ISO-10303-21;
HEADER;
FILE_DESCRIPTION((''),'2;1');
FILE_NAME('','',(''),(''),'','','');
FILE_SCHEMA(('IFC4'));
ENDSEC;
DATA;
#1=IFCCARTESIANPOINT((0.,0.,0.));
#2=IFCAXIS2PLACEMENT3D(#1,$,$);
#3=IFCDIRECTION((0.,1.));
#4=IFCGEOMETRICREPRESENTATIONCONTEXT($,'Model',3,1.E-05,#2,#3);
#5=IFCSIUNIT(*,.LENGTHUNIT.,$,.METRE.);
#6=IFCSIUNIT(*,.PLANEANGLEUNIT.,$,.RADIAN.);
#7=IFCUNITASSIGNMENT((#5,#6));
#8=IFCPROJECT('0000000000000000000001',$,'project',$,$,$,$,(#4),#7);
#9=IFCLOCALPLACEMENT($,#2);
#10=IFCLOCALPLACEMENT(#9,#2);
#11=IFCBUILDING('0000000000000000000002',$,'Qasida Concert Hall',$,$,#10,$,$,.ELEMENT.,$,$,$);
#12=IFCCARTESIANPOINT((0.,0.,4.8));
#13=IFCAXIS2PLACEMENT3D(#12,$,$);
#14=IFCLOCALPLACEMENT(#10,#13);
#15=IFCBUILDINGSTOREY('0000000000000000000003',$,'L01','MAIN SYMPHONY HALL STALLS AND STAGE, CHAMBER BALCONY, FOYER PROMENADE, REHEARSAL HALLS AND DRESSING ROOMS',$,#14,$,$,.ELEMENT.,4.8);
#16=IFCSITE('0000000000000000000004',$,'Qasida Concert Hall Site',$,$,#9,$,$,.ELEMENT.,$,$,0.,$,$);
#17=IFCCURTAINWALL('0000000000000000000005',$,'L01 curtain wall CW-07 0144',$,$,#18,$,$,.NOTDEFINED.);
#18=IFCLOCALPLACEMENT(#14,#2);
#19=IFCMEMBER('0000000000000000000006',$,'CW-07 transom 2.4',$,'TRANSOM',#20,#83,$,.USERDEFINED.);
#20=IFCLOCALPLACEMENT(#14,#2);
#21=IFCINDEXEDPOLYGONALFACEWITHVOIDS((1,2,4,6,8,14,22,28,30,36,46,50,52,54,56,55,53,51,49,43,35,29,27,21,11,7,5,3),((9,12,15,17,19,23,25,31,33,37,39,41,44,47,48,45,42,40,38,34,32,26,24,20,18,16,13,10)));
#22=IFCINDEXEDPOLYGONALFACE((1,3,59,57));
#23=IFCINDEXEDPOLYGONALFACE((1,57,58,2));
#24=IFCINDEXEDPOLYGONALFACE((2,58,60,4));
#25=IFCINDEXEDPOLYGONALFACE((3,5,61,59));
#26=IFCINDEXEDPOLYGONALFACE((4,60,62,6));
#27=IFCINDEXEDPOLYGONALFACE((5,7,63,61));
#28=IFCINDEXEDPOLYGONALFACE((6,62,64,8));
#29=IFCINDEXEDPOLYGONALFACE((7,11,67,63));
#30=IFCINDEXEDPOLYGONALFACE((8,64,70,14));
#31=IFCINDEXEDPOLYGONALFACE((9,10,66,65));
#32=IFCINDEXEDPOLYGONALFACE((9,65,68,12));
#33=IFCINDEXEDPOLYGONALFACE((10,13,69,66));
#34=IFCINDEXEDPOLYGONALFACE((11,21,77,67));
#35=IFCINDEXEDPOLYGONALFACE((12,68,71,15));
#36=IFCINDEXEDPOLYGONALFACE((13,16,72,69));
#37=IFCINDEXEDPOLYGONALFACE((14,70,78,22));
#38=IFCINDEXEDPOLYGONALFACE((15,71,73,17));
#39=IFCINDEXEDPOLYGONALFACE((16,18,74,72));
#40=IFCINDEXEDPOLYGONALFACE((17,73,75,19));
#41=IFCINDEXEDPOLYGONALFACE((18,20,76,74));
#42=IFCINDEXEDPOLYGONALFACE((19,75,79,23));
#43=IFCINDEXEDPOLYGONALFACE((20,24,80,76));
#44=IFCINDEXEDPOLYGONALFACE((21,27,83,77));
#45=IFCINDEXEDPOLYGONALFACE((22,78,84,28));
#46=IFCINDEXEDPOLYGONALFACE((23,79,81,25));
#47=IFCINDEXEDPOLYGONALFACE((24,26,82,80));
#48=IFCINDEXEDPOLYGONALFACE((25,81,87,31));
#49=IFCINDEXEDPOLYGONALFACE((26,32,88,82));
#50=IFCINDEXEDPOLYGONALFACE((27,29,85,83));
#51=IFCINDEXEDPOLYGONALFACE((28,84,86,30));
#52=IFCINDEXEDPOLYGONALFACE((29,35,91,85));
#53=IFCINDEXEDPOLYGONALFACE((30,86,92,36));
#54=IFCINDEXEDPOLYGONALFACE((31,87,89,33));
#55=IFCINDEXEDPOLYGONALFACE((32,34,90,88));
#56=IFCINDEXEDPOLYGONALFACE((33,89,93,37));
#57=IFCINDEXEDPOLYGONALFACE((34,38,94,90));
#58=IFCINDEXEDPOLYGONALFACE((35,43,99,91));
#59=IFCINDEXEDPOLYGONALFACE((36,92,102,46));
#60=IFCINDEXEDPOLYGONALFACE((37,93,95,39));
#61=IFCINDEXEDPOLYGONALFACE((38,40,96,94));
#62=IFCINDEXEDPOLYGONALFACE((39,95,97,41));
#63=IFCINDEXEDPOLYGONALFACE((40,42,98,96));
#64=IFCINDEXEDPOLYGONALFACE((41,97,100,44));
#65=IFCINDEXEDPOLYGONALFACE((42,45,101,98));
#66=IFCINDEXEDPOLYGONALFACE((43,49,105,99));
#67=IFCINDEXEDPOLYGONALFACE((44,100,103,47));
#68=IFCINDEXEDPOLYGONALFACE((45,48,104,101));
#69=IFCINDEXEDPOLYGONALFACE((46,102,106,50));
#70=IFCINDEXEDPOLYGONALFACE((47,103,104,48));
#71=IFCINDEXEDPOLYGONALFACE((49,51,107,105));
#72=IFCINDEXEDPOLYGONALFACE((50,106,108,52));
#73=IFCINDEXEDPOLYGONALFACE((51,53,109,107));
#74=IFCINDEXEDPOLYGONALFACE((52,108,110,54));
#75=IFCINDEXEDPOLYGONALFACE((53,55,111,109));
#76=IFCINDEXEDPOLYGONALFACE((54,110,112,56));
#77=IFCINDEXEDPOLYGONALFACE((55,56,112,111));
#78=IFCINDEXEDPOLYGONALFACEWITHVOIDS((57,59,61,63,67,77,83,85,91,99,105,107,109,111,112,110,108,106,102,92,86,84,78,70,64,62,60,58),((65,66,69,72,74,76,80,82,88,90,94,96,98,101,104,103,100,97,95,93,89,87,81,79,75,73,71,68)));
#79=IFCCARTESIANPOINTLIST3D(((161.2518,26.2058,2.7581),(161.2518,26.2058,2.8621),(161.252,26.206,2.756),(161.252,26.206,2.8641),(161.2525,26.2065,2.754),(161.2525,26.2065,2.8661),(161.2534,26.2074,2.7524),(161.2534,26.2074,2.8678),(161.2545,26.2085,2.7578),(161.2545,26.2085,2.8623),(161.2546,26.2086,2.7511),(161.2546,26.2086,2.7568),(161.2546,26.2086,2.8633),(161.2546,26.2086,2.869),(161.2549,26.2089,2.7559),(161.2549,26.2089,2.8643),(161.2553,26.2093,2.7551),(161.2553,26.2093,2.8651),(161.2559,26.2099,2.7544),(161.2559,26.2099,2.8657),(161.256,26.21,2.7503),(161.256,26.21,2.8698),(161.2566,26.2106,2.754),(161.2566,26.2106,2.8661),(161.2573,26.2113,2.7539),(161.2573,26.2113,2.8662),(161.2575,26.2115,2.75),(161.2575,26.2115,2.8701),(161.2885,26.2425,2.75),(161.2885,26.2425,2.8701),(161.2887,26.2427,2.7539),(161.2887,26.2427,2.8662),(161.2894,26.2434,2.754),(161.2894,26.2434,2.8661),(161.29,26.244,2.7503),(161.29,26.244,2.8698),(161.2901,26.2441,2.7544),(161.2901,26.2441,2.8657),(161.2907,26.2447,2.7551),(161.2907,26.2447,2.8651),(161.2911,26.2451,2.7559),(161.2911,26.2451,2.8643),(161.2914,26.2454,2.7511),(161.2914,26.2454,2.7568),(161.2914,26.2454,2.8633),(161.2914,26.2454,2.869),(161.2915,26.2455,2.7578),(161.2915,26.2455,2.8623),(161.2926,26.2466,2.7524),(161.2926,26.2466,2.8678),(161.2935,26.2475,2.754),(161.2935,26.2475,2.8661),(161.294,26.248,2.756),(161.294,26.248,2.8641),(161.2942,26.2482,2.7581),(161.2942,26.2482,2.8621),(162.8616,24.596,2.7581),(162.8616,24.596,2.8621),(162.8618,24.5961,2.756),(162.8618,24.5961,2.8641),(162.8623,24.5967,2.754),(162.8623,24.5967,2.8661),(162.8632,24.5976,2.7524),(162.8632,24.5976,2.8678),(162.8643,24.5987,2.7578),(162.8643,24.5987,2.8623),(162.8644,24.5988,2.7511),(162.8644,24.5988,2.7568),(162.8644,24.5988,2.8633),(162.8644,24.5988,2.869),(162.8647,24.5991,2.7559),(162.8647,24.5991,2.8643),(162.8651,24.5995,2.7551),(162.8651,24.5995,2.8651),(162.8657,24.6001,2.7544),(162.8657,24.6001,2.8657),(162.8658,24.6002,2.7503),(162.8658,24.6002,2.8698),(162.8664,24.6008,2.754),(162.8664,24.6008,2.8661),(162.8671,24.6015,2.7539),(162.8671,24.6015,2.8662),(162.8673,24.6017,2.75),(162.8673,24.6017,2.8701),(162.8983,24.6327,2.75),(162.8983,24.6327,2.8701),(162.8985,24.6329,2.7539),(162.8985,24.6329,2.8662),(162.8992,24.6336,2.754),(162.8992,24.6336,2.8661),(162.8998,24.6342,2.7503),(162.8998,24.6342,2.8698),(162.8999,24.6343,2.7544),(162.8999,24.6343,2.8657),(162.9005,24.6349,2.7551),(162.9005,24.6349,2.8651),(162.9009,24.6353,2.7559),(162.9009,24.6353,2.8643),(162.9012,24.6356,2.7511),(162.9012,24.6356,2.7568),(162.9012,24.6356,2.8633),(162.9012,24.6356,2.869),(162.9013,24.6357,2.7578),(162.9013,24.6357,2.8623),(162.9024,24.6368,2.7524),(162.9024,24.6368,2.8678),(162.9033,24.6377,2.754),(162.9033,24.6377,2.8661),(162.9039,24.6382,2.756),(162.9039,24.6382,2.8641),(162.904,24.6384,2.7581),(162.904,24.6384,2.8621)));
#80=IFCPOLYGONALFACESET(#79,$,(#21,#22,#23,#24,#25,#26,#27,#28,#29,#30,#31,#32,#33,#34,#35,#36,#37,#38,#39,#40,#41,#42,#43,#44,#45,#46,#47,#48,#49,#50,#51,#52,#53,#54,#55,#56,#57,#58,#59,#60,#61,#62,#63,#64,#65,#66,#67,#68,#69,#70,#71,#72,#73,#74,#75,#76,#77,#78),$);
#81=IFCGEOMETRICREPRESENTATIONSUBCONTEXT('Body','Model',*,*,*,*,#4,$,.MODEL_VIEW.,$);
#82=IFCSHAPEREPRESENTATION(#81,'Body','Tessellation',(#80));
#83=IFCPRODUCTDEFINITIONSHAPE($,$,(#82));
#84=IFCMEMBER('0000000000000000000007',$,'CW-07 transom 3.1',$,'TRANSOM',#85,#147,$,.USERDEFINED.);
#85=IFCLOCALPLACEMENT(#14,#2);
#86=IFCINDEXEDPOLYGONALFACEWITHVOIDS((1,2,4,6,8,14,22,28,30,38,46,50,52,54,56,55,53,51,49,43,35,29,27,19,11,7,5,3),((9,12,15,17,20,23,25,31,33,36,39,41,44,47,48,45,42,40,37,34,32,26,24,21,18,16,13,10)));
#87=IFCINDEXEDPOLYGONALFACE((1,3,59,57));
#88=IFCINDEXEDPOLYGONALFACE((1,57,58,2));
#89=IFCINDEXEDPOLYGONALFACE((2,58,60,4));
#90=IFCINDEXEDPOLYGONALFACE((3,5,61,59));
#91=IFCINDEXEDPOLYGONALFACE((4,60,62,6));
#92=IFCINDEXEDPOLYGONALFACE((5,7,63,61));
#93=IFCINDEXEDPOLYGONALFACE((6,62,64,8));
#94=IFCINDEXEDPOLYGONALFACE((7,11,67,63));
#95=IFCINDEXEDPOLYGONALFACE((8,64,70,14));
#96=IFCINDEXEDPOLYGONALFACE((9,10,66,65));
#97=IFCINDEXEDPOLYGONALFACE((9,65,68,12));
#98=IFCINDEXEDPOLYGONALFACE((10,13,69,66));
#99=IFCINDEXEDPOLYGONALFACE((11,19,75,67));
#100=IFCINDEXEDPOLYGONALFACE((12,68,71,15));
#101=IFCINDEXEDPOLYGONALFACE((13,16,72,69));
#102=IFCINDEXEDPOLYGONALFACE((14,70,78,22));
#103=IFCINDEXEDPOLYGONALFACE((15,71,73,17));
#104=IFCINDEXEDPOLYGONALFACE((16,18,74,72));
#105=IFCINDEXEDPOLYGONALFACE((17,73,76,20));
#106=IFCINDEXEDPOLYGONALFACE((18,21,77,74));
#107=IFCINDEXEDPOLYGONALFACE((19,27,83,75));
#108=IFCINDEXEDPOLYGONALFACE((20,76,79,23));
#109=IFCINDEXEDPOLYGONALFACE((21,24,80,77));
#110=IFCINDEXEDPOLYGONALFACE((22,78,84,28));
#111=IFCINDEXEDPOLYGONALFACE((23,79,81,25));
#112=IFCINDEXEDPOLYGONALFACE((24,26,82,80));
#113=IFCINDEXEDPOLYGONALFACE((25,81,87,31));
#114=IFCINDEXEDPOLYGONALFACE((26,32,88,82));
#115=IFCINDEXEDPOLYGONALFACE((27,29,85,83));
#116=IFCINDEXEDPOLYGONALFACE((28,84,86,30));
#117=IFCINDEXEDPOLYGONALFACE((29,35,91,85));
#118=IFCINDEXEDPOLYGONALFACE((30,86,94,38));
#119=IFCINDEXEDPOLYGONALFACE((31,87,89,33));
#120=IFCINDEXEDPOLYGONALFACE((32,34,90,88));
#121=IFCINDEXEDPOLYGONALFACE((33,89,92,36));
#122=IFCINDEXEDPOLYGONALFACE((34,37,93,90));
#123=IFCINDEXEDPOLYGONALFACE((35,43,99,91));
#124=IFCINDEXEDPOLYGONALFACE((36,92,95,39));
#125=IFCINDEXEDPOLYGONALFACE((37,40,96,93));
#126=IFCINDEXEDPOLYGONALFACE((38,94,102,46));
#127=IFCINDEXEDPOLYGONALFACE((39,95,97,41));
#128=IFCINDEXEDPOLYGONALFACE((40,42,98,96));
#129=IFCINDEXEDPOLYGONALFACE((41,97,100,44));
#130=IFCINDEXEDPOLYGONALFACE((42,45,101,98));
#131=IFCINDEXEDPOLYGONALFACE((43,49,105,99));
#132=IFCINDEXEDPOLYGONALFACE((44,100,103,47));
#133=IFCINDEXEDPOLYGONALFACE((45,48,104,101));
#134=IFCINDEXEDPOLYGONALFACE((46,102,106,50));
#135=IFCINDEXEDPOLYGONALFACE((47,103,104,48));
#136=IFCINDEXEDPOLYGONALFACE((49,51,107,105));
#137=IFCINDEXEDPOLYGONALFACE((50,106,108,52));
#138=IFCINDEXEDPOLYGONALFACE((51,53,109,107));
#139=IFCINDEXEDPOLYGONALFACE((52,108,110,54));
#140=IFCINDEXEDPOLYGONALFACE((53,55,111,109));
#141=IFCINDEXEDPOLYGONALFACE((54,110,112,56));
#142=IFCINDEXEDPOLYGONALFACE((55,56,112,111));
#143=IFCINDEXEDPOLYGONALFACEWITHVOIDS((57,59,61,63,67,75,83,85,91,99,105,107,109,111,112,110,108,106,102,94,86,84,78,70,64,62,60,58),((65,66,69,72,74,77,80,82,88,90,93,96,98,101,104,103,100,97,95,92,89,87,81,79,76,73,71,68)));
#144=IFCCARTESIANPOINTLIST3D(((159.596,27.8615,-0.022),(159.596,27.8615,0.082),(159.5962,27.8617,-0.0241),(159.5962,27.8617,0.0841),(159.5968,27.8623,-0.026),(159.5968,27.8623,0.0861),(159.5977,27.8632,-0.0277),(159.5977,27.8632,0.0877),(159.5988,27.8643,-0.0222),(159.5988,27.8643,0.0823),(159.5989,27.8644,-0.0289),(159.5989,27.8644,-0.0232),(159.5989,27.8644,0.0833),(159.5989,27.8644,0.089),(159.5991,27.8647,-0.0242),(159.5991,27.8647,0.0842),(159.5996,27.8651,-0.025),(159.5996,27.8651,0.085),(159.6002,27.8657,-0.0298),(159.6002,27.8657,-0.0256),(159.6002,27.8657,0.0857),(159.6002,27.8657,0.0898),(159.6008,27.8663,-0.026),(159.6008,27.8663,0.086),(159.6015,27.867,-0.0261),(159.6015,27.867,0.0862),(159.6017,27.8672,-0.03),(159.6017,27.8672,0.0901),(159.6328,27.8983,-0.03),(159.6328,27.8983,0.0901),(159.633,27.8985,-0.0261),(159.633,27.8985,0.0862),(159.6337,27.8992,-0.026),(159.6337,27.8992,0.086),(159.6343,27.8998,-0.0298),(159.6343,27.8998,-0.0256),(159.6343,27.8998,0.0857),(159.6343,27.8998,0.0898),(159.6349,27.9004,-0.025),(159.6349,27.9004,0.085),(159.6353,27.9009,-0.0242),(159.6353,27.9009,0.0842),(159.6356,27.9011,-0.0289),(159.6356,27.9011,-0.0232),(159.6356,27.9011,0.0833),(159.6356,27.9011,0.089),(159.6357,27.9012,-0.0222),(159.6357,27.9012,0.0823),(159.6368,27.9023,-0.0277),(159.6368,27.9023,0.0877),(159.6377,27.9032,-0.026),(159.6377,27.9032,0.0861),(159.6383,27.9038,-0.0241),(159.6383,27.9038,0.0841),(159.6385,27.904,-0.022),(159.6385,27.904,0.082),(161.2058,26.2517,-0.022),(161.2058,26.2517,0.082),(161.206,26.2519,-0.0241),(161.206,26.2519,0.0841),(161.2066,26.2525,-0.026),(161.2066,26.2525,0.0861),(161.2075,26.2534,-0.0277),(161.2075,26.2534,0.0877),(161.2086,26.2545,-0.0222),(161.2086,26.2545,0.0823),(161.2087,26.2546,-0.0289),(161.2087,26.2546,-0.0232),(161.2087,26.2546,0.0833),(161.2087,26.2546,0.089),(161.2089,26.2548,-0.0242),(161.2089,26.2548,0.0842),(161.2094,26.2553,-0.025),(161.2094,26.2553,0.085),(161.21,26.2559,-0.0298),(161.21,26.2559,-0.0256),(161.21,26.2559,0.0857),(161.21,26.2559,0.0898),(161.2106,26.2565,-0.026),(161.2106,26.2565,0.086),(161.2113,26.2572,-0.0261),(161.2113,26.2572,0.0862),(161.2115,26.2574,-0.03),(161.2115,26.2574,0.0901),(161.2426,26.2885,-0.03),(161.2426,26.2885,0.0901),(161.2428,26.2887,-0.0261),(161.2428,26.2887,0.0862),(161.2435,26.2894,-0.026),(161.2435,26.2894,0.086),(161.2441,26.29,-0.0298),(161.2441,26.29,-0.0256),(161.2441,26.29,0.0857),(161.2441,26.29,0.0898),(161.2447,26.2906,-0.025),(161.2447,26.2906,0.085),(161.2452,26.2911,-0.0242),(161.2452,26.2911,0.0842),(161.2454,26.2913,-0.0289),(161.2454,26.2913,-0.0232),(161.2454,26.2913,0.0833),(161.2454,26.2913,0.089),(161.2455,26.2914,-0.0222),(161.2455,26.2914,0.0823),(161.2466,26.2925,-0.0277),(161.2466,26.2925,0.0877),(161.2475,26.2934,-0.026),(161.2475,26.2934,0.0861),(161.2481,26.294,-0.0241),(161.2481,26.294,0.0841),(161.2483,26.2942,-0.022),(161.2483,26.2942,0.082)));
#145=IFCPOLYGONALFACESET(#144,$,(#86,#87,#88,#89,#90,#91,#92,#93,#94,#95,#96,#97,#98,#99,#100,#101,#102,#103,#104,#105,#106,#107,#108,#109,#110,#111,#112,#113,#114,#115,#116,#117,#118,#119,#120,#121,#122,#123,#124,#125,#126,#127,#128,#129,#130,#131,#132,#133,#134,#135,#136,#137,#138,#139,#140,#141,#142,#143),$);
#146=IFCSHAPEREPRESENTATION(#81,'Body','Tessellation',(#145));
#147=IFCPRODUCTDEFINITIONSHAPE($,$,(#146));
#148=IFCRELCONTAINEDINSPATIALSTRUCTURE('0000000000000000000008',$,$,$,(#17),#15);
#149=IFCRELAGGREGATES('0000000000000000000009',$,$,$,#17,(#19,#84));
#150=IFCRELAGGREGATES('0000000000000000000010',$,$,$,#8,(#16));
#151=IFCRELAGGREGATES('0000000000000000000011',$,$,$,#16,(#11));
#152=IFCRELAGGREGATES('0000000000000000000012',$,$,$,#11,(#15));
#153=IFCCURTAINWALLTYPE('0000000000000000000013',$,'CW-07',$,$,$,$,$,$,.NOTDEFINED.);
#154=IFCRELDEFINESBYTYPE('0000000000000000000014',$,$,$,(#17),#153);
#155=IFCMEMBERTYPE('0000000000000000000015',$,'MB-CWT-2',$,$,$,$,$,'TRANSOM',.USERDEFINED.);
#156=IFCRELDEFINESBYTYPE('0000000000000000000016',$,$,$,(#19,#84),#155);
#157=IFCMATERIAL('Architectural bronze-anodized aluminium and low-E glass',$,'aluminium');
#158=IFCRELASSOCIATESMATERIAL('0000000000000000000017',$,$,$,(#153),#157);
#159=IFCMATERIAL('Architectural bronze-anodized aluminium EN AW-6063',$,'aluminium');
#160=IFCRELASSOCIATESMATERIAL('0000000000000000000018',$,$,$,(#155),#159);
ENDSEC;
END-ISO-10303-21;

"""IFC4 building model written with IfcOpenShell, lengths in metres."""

from ifc_helpers import new_model, si_unit, direction, frame, origin, origin_2d, place, context, subcontext, project, spatial, hollow_rectangle, extrude, material, material_profile, profile_set, type_object, element, aggregate, save


model = new_model("IFC4")

# Units and contexts
model_context = context("Model", 3, precision=1e-05, world=origin(), true_north=direction((0.0, 1.0)))
body_context = subcontext(model_context, "Body", "Model", "MODEL_VIEW")
ifc_project = project(units=[si_unit("LENGTHUNIT", "METRE"), si_unit("PLANEANGLEUNIT", "RADIAN")], contexts=[model_context])

# Site, building, storey
site_placement = place(None, origin())
site = spatial("IfcSite", under=ifc_project, at=site_placement, Name="Qasida Concert Hall Site", CompositionType="ELEMENT", RefElevation=0.0)
building_placement = place(site_placement, origin())
building = spatial("IfcBuilding", under=site, at=building_placement, Name="Qasida Concert Hall", CompositionType="ELEMENT")
storey_placement = place(building_placement, frame((0.0, 0.0, 4.8)))
storey = spatial("IfcBuildingStorey", under=building, at=storey_placement, Name="L01", Description="MAIN SYMPHONY HALL STALLS AND STAGE, CHAMBER BALCONY, FOYER PROMENADE, REHEARSAL HALLS AND DRESSING ROOMS", CompositionType="ELEMENT", Elevation=4.8)

# Curtain wall, members
ifc_material_1 = material(Name="Architectural bronze-anodized aluminium and low-E glass", Category="aluminium")
curtain_wall_type = type_object("IfcCurtainWallType", Name="CW-07", PredefinedType="NOTDEFINED", material=ifc_material_1)
curtain_wall_placement = place(storey_placement, origin())
curtain_wall = element("IfcCurtainWall", 1, at=curtain_wall_placement, inside=storey, type_object=curtain_wall_type, Name="L01 curtain wall CW-07 0144", PredefinedType="NOTDEFINED")
ifc_material_2 = material(Name="Architectural bronze-anodized aluminium EN AW-6063", Category="aluminium")
ifc_material_profile_1 = material_profile(ifc_material_2, hollow_rectangle(XDim=0.0601, YDim=0.1201, WallThickness=0.0039, InnerFilletRadius=0.0039, OuterFilletRadius=0.0081, at=origin_2d()), Name="CWT 120x60x4")
ifc_profile_set_1 = profile_set([ifc_material_profile_1], Name="Architectural bronze-anodized aluminium EN AW-6063")
member_type_1 = type_object("IfcMemberType", Name="MB-CWT-2", ElementType="TRANSOM", PredefinedType="USERDEFINED", material=ifc_profile_set_1)
member_1_placement = place(storey_placement, frame((162.8828, 24.6172, 2.8101), z_axis=(-0.707107, 0.707107, 0.0), x_axis=(-0.707107, -0.707107, 0.0)))
member_1 = element("IfcMember", 2, at=member_1_placement, type_object=member_type_1, Name="CW-07 transom 2.4", ObjectType="TRANSOM", PredefinedType="USERDEFINED", context=body_context, shape_type="SweptSolid", body=[
    extrude(hollow_rectangle(XDim=0.0601, YDim=0.1201, WallThickness=0.0039, InnerFilletRadius=0.0039, OuterFilletRadius=0.0081, at=origin_2d()), origin(), (0.0, 0.0, 1.0), 2.2766),
])
member_2_placement = place(storey_placement, frame((161.2271, 26.2729, 0.03), z_axis=(-0.707107, 0.707107, 0.0), x_axis=(-0.707107, -0.707107, 0.0)))
member_2 = element("IfcMember", 3, at=member_2_placement, type_object=member_type_1, Name="CW-07 transom 3.1", ObjectType="TRANSOM", PredefinedType="USERDEFINED", context=body_context, shape_type="SweptSolid", body=[
    extrude(hollow_rectangle(XDim=0.0601, YDim=0.1201, WallThickness=0.0039, InnerFilletRadius=0.0039, OuterFilletRadius=0.0081, at=origin_2d()), origin(), (0.0, 0.0, 1.0), 2.2766),
])
aggregate(curtain_wall, [member_1, member_2])

save(model, "model.ifc")
